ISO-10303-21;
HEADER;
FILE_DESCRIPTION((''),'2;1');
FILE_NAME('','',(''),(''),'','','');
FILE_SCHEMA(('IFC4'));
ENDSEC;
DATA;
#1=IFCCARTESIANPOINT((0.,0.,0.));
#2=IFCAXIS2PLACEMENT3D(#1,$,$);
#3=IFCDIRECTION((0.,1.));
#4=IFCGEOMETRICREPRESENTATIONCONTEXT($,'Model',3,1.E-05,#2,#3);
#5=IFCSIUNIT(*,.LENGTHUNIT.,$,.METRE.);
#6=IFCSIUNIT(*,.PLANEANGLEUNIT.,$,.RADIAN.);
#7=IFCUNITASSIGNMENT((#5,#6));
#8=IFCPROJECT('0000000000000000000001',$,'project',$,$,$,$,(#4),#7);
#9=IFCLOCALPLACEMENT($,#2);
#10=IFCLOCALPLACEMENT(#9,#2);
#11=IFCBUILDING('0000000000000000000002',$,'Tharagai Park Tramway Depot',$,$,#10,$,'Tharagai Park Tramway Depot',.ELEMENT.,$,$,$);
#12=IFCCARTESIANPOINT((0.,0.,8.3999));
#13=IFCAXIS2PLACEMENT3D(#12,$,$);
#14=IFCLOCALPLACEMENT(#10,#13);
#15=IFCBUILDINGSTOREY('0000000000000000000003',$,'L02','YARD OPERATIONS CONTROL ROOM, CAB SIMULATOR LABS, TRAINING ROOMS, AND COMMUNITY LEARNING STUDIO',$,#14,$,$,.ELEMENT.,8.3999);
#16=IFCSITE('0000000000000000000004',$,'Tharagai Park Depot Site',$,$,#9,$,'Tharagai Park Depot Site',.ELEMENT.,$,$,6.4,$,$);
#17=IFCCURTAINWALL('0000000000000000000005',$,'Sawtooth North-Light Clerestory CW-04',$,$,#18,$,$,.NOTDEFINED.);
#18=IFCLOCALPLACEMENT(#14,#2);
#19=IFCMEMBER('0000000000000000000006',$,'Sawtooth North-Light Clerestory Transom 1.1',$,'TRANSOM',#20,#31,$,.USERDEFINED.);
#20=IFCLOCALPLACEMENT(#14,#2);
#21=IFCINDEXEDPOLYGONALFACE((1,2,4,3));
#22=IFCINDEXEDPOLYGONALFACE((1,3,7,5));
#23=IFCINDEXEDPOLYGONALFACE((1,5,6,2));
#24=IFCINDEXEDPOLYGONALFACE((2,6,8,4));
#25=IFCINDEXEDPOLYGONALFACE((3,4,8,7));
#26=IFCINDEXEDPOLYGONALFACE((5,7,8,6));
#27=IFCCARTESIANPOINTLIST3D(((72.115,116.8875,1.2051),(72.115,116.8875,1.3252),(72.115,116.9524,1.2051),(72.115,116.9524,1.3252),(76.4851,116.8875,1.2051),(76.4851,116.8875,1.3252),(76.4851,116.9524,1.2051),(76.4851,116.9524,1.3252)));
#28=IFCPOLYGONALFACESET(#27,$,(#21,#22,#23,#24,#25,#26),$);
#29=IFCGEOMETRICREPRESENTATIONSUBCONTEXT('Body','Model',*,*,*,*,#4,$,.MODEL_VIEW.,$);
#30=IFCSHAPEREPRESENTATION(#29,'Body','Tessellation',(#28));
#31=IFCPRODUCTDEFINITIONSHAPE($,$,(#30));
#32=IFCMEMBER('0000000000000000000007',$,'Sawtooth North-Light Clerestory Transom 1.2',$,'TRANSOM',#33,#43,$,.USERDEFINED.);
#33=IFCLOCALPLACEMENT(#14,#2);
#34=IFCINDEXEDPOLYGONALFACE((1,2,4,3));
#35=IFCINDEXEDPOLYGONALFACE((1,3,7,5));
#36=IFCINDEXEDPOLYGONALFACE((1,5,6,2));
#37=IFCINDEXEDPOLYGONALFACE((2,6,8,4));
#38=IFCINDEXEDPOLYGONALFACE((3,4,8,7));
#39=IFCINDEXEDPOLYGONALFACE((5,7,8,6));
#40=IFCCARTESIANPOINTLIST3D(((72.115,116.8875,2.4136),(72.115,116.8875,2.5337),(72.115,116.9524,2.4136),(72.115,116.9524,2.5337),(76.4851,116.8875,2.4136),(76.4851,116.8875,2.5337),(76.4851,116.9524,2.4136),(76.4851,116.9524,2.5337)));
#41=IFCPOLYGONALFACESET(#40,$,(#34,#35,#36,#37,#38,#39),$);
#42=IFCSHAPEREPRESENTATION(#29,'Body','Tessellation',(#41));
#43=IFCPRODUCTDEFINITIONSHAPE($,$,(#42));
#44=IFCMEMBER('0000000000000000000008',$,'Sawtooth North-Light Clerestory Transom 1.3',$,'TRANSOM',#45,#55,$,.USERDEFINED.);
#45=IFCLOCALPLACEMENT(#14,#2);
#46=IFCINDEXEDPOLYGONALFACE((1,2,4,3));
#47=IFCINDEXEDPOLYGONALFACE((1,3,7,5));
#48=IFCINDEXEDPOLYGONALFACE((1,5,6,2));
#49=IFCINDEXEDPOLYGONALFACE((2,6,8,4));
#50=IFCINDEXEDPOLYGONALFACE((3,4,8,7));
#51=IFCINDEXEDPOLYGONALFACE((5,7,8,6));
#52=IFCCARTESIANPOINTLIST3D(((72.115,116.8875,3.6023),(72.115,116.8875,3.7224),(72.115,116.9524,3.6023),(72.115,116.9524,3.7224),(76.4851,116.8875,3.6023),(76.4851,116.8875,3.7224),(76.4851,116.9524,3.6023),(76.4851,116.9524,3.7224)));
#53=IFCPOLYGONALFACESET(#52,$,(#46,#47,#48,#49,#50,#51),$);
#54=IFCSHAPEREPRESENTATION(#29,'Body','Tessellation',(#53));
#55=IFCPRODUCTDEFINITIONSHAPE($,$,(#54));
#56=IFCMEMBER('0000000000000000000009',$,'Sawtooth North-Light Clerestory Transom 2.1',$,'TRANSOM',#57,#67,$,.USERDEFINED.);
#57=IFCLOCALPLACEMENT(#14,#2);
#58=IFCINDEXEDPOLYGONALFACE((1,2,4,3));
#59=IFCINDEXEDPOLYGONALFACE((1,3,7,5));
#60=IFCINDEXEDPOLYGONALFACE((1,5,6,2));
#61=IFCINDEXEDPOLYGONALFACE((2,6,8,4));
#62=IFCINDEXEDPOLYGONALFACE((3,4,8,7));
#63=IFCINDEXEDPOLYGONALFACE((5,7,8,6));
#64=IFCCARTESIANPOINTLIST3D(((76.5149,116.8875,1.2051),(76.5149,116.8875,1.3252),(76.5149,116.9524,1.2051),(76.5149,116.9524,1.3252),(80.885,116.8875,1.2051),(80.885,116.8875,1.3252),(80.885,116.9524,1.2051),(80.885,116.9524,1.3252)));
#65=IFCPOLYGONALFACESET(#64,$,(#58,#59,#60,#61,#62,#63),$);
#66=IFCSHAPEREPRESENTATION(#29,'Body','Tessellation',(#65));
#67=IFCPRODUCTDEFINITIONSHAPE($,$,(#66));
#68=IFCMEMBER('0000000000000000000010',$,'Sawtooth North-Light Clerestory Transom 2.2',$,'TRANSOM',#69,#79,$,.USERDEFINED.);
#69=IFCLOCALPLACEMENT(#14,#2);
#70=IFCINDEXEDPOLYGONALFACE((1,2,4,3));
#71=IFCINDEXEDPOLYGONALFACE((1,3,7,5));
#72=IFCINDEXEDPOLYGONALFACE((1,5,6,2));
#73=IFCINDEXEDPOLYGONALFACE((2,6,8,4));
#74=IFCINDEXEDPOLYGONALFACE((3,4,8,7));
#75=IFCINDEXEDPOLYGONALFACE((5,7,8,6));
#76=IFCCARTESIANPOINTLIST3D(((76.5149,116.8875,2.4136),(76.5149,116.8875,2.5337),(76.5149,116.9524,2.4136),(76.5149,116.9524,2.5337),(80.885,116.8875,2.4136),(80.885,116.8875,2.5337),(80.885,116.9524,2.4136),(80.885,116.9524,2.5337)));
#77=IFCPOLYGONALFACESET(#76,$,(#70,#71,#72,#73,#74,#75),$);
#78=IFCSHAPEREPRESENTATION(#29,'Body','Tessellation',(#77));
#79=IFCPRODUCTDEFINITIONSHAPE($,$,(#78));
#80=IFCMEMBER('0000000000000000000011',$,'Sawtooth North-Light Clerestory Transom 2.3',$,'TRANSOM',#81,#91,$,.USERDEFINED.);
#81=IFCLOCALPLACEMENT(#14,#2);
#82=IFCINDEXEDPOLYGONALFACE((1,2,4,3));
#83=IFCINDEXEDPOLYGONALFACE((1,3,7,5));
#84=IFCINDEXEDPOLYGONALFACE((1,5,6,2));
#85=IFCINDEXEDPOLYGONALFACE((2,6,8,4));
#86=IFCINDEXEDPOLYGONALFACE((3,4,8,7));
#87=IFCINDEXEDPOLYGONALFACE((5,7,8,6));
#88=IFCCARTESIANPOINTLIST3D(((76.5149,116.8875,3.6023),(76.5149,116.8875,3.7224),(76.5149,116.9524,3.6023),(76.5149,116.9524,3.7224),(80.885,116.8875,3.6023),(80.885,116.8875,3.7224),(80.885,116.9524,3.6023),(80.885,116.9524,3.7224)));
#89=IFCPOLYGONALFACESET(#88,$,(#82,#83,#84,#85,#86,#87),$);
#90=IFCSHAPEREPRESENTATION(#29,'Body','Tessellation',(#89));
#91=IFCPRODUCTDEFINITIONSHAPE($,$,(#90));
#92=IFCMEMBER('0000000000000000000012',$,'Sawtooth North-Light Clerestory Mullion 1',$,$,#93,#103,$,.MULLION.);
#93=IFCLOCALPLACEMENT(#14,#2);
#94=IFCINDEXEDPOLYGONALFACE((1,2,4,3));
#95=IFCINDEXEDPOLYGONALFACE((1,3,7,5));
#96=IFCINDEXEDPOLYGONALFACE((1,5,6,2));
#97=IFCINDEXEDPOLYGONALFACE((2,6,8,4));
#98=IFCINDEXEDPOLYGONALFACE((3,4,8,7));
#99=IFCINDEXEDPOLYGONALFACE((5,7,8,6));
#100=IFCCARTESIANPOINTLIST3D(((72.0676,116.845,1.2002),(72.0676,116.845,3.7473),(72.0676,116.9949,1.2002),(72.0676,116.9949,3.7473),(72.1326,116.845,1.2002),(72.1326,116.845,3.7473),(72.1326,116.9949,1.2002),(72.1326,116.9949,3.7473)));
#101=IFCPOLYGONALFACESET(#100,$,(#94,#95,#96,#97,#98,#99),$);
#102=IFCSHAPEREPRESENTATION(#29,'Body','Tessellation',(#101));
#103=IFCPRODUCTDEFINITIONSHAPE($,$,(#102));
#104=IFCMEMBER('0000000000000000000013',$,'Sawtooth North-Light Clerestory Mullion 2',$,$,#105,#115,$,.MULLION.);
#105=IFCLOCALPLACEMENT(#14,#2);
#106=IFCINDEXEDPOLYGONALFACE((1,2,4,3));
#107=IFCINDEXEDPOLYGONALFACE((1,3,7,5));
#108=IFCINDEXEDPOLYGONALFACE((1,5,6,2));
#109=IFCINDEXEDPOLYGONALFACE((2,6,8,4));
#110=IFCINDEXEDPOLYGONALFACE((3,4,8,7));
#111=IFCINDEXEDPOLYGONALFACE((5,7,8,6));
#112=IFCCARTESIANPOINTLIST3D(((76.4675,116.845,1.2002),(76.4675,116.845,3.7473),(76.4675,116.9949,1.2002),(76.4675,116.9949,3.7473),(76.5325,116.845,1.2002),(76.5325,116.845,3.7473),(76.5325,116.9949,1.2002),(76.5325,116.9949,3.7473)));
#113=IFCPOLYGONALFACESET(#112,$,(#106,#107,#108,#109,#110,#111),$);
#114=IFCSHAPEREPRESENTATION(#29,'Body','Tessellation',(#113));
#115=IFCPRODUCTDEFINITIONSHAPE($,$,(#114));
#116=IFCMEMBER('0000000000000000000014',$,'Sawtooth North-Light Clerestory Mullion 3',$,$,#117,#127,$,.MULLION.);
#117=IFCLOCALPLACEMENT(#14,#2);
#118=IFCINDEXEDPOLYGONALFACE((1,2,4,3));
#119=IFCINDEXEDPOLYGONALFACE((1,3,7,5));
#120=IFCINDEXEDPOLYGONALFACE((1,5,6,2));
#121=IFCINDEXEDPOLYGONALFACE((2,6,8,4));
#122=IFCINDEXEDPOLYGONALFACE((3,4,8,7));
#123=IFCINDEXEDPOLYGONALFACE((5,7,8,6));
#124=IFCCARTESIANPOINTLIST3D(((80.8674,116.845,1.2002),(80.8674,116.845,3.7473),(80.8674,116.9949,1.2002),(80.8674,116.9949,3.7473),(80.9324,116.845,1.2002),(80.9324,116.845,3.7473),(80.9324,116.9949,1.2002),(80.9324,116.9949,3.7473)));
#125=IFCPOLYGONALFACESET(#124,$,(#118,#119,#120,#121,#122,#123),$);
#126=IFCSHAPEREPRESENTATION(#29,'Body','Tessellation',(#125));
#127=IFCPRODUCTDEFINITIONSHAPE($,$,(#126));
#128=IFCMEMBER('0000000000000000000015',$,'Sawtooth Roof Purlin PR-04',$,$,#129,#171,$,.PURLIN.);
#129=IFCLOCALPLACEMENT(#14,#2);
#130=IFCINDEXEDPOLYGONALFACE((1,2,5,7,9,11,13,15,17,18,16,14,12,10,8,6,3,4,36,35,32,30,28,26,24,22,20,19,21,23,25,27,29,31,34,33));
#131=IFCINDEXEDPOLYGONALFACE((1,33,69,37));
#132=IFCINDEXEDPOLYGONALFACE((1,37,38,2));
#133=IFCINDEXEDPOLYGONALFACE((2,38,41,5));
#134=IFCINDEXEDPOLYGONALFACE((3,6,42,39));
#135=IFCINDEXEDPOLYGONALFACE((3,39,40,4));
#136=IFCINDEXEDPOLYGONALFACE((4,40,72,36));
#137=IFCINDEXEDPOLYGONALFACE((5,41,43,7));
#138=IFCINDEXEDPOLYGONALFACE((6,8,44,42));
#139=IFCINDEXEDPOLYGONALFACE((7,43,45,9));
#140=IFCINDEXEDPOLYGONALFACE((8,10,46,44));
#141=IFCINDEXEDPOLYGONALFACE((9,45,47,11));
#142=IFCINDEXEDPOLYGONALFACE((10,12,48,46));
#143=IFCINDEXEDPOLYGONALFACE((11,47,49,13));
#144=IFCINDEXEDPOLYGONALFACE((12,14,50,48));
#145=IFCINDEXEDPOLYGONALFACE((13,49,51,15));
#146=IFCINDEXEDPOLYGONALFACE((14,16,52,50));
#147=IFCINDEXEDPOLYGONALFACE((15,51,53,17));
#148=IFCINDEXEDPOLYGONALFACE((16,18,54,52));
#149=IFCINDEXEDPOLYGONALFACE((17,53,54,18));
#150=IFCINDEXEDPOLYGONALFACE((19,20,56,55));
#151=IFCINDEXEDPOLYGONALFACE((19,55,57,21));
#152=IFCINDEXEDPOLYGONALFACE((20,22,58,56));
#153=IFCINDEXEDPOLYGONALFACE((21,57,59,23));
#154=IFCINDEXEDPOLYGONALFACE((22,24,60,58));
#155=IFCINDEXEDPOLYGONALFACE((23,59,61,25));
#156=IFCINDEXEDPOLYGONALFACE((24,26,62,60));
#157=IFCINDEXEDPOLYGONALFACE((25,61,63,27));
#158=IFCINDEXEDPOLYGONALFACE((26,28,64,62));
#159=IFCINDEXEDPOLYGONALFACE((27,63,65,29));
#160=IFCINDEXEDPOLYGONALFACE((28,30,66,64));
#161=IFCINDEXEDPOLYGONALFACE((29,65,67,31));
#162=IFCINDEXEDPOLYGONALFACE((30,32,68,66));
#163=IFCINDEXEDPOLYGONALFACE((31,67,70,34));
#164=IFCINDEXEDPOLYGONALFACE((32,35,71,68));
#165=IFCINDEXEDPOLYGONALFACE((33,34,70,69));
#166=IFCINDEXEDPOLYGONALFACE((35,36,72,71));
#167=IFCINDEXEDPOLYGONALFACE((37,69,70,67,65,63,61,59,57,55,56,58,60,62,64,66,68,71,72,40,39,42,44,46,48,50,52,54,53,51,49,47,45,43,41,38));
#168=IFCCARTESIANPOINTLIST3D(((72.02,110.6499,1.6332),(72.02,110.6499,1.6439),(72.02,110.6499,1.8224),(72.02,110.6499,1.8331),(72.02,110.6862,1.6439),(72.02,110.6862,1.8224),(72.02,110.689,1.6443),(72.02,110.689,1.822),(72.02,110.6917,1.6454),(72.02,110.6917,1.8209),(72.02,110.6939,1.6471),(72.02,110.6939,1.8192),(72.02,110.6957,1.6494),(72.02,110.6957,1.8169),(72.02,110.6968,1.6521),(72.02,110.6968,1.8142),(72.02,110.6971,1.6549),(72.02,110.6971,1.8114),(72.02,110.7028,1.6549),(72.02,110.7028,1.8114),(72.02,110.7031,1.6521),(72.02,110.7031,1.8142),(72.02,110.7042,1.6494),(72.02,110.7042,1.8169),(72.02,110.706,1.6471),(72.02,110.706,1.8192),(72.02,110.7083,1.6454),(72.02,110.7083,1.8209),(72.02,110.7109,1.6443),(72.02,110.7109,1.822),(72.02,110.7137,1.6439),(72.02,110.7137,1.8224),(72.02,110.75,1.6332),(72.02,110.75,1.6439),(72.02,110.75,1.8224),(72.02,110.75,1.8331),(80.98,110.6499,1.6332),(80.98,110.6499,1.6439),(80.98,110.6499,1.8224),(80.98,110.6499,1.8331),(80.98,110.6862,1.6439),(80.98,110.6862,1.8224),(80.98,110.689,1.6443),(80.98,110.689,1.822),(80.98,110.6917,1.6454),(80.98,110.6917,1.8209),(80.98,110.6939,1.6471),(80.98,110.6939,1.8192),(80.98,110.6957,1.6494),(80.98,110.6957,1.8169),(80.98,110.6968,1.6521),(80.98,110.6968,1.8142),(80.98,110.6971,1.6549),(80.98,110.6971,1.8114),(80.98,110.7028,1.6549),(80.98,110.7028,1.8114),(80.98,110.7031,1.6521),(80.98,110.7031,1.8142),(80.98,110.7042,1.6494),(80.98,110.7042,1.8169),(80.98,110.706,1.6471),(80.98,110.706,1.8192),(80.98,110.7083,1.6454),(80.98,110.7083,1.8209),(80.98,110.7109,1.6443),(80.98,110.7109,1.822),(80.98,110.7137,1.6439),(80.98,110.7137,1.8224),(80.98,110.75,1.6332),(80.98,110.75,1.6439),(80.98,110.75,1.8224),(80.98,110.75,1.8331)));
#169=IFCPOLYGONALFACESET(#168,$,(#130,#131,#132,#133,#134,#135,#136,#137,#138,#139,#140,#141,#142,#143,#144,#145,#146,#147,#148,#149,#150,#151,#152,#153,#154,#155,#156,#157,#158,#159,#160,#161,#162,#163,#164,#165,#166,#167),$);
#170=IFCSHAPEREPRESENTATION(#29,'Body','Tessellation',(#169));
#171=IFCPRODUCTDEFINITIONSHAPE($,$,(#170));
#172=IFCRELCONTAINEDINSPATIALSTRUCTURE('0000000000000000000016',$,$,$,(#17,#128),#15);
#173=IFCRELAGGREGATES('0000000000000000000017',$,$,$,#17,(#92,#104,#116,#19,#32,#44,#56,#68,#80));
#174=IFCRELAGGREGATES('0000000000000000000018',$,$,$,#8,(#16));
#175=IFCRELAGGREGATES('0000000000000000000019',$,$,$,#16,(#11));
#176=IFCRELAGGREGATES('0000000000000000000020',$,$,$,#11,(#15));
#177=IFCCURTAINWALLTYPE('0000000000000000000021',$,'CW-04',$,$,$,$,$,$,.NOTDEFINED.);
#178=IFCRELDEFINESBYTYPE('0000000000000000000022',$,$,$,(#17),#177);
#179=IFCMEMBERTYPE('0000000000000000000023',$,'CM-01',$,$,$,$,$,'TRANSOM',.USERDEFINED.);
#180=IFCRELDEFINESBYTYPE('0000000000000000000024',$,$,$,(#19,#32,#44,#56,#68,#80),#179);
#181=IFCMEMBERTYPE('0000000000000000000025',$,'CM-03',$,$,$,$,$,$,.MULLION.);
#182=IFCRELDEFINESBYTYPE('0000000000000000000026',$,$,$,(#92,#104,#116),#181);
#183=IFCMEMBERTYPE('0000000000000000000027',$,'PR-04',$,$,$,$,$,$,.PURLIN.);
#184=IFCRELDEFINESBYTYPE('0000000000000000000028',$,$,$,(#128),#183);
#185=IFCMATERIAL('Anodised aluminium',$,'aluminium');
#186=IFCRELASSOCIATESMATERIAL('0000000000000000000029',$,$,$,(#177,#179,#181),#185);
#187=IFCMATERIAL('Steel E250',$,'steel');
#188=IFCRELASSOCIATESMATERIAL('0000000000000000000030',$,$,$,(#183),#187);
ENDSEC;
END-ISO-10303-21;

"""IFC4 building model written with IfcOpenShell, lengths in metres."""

from ifc_helpers import new_model, si_unit, direction, frame, origin, origin_2d, place, context, subcontext, project, spatial, rectangle, i_section, extrude, material, material_profile, profile_set, type_object, element, aggregate, save


model = new_model("IFC4")

# Units and contexts
model_context = context("Model", 3, precision=1e-05, world=origin(), true_north=direction((0.0, 1.0)))
body_context = subcontext(model_context, "Body", "Model", "MODEL_VIEW")
ifc_project = project(units=[si_unit("LENGTHUNIT", "METRE"), si_unit("PLANEANGLEUNIT", "RADIAN")], contexts=[model_context])

# Site, building, storey
site_placement = place(None, origin())
site = spatial("IfcSite", under=ifc_project, at=site_placement, Name="Tharagai Park Depot Site", LongName="Tharagai Park Depot Site", CompositionType="ELEMENT", RefElevation=6.4)
building_placement = place(site_placement, origin())
building = spatial("IfcBuilding", under=site, at=building_placement, Name="Tharagai Park Tramway Depot", LongName="Tharagai Park Tramway Depot", CompositionType="ELEMENT")
storey_placement = place(building_placement, frame((0.0, 0.0, 8.3999)))
storey = spatial("IfcBuildingStorey", under=building, at=storey_placement, Name="L02", Description="YARD OPERATIONS CONTROL ROOM, CAB SIMULATOR LABS, TRAINING ROOMS, AND COMMUNITY LEARNING STUDIO", CompositionType="ELEMENT", Elevation=8.3999)

# Curtain wall, members
ifc_material_1 = material(Name="Anodised aluminium", Category="aluminium")
curtain_wall_type = type_object("IfcCurtainWallType", Name="CW-04", PredefinedType="NOTDEFINED", material=ifc_material_1)
curtain_wall_placement = place(storey_placement, origin())
curtain_wall = element("IfcCurtainWall", 1, at=curtain_wall_placement, inside=storey, type_object=curtain_wall_type, Name="Sawtooth North-Light Clerestory CW-04", PredefinedType="NOTDEFINED")
ifc_material_profile_1 = material_profile(ifc_material_1, rectangle(XDim=0.0649, YDim=0.1201, at=origin_2d()), Name="ALU 65x120")
ifc_profile_set_1 = profile_set([ifc_material_profile_1], Name="Anodised aluminium")
member_type_1 = type_object("IfcMemberType", Name="CM-01", ElementType="TRANSOM", PredefinedType="USERDEFINED", material=ifc_profile_set_1)
member_1_placement = place(storey_placement, frame((72.115, 116.9199, 1.2651), z_axis=(1.0, 0.0, 0.0), x_axis=(0.0, 1.0, 0.0)))
member_1 = element("IfcMember", 2, at=member_1_placement, type_object=member_type_1, Name="Sawtooth North-Light Clerestory Transom 1.1", ObjectType="TRANSOM", PredefinedType="USERDEFINED", context=body_context, shape_type="SweptSolid", body=[
    extrude(rectangle(XDim=0.0649, YDim=0.1201, at=origin_2d()), origin(), (0.0, 0.0, 1.0), 4.3701),
])
member_2_placement = place(storey_placement, frame((72.115, 116.9199, 2.4736), z_axis=(1.0, 0.0, 0.0), x_axis=(0.0, 1.0, 0.0)))
member_2 = element("IfcMember", 3, at=member_2_placement, type_object=member_type_1, Name="Sawtooth North-Light Clerestory Transom 1.2", ObjectType="TRANSOM", PredefinedType="USERDEFINED", context=body_context, shape_type="SweptSolid", body=[
    extrude(rectangle(XDim=0.0649, YDim=0.1201, at=origin_2d()), origin(), (0.0, 0.0, 1.0), 4.3701),
])
member_3_placement = place(storey_placement, frame((72.115, 116.9199, 3.6624), z_axis=(1.0, 0.0, 0.0), x_axis=(0.0, 1.0, 0.0)))
member_3 = element("IfcMember", 4, at=member_3_placement, type_object=member_type_1, Name="Sawtooth North-Light Clerestory Transom 1.3", ObjectType="TRANSOM", PredefinedType="USERDEFINED", context=body_context, shape_type="SweptSolid", body=[
    extrude(rectangle(XDim=0.0649, YDim=0.1201, at=origin_2d()), origin(), (0.0, 0.0, 1.0), 4.3701),
])
member_4_placement = place(storey_placement, frame((76.5149, 116.9199, 1.2651), z_axis=(1.0, 0.0, 0.0), x_axis=(0.0, 1.0, 0.0)))
member_4 = element("IfcMember", 5, at=member_4_placement, type_object=member_type_1, Name="Sawtooth North-Light Clerestory Transom 2.1", ObjectType="TRANSOM", PredefinedType="USERDEFINED", context=body_context, shape_type="SweptSolid", body=[
    extrude(rectangle(XDim=0.0649, YDim=0.1201, at=origin_2d()), origin(), (0.0, 0.0, 1.0), 4.3701),
])
member_5_placement = place(storey_placement, frame((76.5149, 116.9199, 2.4736), z_axis=(1.0, 0.0, 0.0), x_axis=(0.0, 1.0, 0.0)))
member_5 = element("IfcMember", 6, at=member_5_placement, type_object=member_type_1, Name="Sawtooth North-Light Clerestory Transom 2.2", ObjectType="TRANSOM", PredefinedType="USERDEFINED", context=body_context, shape_type="SweptSolid", body=[
    extrude(rectangle(XDim=0.0649, YDim=0.1201, at=origin_2d()), origin(), (0.0, 0.0, 1.0), 4.3701),
])
member_6_placement = place(storey_placement, frame((76.5149, 116.9199, 3.6624), z_axis=(1.0, 0.0, 0.0), x_axis=(0.0, 1.0, 0.0)))
member_6 = element("IfcMember", 7, at=member_6_placement, type_object=member_type_1, Name="Sawtooth North-Light Clerestory Transom 2.3", ObjectType="TRANSOM", PredefinedType="USERDEFINED", context=body_context, shape_type="SweptSolid", body=[
    extrude(rectangle(XDim=0.0649, YDim=0.1201, at=origin_2d()), origin(), (0.0, 0.0, 1.0), 4.3701),
])
ifc_material_profile_2 = material_profile(ifc_material_1, rectangle(XDim=0.0649, YDim=0.1499, at=origin_2d()), Name="ALU 65x150")
ifc_profile_set_2 = profile_set([ifc_material_profile_2], Name="Anodised aluminium")
member_type_2 = type_object("IfcMemberType", Name="CM-03", PredefinedType="MULLION", material=ifc_profile_set_2)
member_7_placement = place(storey_placement, frame((72.1001, 116.9199, 1.2002), z_axis=(0.0, 0.0, 1.0), x_axis=(1.0, 0.0, 0.0)))
member_7 = element("IfcMember", 8, at=member_7_placement, type_object=member_type_2, Name="Sawtooth North-Light Clerestory Mullion 1", PredefinedType="MULLION", context=body_context, shape_type="SweptSolid", body=[
    extrude(rectangle(XDim=0.0649, YDim=0.1499, at=origin_2d()), origin(), (0.0, 0.0, 1.0), 2.5471),
])
member_8_placement = place(storey_placement, frame((76.5, 116.9199, 1.2002), z_axis=(0.0, 0.0, 1.0), x_axis=(1.0, 0.0, 0.0)))
member_8 = element("IfcMember", 9, at=member_8_placement, type_object=member_type_2, Name="Sawtooth North-Light Clerestory Mullion 2", PredefinedType="MULLION", context=body_context, shape_type="SweptSolid", body=[
    extrude(rectangle(XDim=0.0649, YDim=0.1499, at=origin_2d()), origin(), (0.0, 0.0, 1.0), 2.5471),
])
member_9_placement = place(storey_placement, frame((80.8999, 116.9199, 1.2002), z_axis=(0.0, 0.0, 1.0), x_axis=(1.0, 0.0, 0.0)))
member_9 = element("IfcMember", 10, at=member_9_placement, type_object=member_type_2, Name="Sawtooth North-Light Clerestory Mullion 3", PredefinedType="MULLION", context=body_context, shape_type="SweptSolid", body=[
    extrude(rectangle(XDim=0.0649, YDim=0.1499, at=origin_2d()), origin(), (0.0, 0.0, 1.0), 2.5471),
])

# Member
ifc_material_2 = material(Name="Steel E250", Category="steel")
ifc_material_profile_3 = material_profile(ifc_material_2, i_section(OverallWidth=0.1001, OverallDepth=0.2, WebThickness=0.0056, FlangeThickness=0.0107, FilletRadius=0.011, at=origin_2d()), Name="ISMB 200")
ifc_profile_set_3 = profile_set([ifc_material_profile_3], Name="Steel E250")
member_type_3 = type_object("IfcMemberType", Name="PR-04", PredefinedType="PURLIN", material=ifc_profile_set_3)
for number, where, z_axis, x_axis, name in (
    (11, (72.02, 110.7, 1.7332), (1.0, 0.0, 0.0), (0.0, 1.0, 0.0), "Sawtooth Roof Purlin PR-04"),
):
    element("IfcMember", number, at=place(storey_placement, frame(where, z_axis=z_axis, x_axis=x_axis)), inside=storey, type_object=member_type_3, Name=name, PredefinedType="PURLIN", context=body_context, shape_type="SweptSolid", body=[
        extrude(i_section(OverallWidth=0.1001, OverallDepth=0.2, WebThickness=0.0056, FlangeThickness=0.0107, FilletRadius=0.011, at=origin_2d()), origin(), (0.0, 0.0, 1.0), 8.96),
    ])

aggregate(curtain_wall, [member_7, member_8, member_9, member_1, member_2, member_3, member_4, member_5, member_6])

save(model, "model.ifc")
